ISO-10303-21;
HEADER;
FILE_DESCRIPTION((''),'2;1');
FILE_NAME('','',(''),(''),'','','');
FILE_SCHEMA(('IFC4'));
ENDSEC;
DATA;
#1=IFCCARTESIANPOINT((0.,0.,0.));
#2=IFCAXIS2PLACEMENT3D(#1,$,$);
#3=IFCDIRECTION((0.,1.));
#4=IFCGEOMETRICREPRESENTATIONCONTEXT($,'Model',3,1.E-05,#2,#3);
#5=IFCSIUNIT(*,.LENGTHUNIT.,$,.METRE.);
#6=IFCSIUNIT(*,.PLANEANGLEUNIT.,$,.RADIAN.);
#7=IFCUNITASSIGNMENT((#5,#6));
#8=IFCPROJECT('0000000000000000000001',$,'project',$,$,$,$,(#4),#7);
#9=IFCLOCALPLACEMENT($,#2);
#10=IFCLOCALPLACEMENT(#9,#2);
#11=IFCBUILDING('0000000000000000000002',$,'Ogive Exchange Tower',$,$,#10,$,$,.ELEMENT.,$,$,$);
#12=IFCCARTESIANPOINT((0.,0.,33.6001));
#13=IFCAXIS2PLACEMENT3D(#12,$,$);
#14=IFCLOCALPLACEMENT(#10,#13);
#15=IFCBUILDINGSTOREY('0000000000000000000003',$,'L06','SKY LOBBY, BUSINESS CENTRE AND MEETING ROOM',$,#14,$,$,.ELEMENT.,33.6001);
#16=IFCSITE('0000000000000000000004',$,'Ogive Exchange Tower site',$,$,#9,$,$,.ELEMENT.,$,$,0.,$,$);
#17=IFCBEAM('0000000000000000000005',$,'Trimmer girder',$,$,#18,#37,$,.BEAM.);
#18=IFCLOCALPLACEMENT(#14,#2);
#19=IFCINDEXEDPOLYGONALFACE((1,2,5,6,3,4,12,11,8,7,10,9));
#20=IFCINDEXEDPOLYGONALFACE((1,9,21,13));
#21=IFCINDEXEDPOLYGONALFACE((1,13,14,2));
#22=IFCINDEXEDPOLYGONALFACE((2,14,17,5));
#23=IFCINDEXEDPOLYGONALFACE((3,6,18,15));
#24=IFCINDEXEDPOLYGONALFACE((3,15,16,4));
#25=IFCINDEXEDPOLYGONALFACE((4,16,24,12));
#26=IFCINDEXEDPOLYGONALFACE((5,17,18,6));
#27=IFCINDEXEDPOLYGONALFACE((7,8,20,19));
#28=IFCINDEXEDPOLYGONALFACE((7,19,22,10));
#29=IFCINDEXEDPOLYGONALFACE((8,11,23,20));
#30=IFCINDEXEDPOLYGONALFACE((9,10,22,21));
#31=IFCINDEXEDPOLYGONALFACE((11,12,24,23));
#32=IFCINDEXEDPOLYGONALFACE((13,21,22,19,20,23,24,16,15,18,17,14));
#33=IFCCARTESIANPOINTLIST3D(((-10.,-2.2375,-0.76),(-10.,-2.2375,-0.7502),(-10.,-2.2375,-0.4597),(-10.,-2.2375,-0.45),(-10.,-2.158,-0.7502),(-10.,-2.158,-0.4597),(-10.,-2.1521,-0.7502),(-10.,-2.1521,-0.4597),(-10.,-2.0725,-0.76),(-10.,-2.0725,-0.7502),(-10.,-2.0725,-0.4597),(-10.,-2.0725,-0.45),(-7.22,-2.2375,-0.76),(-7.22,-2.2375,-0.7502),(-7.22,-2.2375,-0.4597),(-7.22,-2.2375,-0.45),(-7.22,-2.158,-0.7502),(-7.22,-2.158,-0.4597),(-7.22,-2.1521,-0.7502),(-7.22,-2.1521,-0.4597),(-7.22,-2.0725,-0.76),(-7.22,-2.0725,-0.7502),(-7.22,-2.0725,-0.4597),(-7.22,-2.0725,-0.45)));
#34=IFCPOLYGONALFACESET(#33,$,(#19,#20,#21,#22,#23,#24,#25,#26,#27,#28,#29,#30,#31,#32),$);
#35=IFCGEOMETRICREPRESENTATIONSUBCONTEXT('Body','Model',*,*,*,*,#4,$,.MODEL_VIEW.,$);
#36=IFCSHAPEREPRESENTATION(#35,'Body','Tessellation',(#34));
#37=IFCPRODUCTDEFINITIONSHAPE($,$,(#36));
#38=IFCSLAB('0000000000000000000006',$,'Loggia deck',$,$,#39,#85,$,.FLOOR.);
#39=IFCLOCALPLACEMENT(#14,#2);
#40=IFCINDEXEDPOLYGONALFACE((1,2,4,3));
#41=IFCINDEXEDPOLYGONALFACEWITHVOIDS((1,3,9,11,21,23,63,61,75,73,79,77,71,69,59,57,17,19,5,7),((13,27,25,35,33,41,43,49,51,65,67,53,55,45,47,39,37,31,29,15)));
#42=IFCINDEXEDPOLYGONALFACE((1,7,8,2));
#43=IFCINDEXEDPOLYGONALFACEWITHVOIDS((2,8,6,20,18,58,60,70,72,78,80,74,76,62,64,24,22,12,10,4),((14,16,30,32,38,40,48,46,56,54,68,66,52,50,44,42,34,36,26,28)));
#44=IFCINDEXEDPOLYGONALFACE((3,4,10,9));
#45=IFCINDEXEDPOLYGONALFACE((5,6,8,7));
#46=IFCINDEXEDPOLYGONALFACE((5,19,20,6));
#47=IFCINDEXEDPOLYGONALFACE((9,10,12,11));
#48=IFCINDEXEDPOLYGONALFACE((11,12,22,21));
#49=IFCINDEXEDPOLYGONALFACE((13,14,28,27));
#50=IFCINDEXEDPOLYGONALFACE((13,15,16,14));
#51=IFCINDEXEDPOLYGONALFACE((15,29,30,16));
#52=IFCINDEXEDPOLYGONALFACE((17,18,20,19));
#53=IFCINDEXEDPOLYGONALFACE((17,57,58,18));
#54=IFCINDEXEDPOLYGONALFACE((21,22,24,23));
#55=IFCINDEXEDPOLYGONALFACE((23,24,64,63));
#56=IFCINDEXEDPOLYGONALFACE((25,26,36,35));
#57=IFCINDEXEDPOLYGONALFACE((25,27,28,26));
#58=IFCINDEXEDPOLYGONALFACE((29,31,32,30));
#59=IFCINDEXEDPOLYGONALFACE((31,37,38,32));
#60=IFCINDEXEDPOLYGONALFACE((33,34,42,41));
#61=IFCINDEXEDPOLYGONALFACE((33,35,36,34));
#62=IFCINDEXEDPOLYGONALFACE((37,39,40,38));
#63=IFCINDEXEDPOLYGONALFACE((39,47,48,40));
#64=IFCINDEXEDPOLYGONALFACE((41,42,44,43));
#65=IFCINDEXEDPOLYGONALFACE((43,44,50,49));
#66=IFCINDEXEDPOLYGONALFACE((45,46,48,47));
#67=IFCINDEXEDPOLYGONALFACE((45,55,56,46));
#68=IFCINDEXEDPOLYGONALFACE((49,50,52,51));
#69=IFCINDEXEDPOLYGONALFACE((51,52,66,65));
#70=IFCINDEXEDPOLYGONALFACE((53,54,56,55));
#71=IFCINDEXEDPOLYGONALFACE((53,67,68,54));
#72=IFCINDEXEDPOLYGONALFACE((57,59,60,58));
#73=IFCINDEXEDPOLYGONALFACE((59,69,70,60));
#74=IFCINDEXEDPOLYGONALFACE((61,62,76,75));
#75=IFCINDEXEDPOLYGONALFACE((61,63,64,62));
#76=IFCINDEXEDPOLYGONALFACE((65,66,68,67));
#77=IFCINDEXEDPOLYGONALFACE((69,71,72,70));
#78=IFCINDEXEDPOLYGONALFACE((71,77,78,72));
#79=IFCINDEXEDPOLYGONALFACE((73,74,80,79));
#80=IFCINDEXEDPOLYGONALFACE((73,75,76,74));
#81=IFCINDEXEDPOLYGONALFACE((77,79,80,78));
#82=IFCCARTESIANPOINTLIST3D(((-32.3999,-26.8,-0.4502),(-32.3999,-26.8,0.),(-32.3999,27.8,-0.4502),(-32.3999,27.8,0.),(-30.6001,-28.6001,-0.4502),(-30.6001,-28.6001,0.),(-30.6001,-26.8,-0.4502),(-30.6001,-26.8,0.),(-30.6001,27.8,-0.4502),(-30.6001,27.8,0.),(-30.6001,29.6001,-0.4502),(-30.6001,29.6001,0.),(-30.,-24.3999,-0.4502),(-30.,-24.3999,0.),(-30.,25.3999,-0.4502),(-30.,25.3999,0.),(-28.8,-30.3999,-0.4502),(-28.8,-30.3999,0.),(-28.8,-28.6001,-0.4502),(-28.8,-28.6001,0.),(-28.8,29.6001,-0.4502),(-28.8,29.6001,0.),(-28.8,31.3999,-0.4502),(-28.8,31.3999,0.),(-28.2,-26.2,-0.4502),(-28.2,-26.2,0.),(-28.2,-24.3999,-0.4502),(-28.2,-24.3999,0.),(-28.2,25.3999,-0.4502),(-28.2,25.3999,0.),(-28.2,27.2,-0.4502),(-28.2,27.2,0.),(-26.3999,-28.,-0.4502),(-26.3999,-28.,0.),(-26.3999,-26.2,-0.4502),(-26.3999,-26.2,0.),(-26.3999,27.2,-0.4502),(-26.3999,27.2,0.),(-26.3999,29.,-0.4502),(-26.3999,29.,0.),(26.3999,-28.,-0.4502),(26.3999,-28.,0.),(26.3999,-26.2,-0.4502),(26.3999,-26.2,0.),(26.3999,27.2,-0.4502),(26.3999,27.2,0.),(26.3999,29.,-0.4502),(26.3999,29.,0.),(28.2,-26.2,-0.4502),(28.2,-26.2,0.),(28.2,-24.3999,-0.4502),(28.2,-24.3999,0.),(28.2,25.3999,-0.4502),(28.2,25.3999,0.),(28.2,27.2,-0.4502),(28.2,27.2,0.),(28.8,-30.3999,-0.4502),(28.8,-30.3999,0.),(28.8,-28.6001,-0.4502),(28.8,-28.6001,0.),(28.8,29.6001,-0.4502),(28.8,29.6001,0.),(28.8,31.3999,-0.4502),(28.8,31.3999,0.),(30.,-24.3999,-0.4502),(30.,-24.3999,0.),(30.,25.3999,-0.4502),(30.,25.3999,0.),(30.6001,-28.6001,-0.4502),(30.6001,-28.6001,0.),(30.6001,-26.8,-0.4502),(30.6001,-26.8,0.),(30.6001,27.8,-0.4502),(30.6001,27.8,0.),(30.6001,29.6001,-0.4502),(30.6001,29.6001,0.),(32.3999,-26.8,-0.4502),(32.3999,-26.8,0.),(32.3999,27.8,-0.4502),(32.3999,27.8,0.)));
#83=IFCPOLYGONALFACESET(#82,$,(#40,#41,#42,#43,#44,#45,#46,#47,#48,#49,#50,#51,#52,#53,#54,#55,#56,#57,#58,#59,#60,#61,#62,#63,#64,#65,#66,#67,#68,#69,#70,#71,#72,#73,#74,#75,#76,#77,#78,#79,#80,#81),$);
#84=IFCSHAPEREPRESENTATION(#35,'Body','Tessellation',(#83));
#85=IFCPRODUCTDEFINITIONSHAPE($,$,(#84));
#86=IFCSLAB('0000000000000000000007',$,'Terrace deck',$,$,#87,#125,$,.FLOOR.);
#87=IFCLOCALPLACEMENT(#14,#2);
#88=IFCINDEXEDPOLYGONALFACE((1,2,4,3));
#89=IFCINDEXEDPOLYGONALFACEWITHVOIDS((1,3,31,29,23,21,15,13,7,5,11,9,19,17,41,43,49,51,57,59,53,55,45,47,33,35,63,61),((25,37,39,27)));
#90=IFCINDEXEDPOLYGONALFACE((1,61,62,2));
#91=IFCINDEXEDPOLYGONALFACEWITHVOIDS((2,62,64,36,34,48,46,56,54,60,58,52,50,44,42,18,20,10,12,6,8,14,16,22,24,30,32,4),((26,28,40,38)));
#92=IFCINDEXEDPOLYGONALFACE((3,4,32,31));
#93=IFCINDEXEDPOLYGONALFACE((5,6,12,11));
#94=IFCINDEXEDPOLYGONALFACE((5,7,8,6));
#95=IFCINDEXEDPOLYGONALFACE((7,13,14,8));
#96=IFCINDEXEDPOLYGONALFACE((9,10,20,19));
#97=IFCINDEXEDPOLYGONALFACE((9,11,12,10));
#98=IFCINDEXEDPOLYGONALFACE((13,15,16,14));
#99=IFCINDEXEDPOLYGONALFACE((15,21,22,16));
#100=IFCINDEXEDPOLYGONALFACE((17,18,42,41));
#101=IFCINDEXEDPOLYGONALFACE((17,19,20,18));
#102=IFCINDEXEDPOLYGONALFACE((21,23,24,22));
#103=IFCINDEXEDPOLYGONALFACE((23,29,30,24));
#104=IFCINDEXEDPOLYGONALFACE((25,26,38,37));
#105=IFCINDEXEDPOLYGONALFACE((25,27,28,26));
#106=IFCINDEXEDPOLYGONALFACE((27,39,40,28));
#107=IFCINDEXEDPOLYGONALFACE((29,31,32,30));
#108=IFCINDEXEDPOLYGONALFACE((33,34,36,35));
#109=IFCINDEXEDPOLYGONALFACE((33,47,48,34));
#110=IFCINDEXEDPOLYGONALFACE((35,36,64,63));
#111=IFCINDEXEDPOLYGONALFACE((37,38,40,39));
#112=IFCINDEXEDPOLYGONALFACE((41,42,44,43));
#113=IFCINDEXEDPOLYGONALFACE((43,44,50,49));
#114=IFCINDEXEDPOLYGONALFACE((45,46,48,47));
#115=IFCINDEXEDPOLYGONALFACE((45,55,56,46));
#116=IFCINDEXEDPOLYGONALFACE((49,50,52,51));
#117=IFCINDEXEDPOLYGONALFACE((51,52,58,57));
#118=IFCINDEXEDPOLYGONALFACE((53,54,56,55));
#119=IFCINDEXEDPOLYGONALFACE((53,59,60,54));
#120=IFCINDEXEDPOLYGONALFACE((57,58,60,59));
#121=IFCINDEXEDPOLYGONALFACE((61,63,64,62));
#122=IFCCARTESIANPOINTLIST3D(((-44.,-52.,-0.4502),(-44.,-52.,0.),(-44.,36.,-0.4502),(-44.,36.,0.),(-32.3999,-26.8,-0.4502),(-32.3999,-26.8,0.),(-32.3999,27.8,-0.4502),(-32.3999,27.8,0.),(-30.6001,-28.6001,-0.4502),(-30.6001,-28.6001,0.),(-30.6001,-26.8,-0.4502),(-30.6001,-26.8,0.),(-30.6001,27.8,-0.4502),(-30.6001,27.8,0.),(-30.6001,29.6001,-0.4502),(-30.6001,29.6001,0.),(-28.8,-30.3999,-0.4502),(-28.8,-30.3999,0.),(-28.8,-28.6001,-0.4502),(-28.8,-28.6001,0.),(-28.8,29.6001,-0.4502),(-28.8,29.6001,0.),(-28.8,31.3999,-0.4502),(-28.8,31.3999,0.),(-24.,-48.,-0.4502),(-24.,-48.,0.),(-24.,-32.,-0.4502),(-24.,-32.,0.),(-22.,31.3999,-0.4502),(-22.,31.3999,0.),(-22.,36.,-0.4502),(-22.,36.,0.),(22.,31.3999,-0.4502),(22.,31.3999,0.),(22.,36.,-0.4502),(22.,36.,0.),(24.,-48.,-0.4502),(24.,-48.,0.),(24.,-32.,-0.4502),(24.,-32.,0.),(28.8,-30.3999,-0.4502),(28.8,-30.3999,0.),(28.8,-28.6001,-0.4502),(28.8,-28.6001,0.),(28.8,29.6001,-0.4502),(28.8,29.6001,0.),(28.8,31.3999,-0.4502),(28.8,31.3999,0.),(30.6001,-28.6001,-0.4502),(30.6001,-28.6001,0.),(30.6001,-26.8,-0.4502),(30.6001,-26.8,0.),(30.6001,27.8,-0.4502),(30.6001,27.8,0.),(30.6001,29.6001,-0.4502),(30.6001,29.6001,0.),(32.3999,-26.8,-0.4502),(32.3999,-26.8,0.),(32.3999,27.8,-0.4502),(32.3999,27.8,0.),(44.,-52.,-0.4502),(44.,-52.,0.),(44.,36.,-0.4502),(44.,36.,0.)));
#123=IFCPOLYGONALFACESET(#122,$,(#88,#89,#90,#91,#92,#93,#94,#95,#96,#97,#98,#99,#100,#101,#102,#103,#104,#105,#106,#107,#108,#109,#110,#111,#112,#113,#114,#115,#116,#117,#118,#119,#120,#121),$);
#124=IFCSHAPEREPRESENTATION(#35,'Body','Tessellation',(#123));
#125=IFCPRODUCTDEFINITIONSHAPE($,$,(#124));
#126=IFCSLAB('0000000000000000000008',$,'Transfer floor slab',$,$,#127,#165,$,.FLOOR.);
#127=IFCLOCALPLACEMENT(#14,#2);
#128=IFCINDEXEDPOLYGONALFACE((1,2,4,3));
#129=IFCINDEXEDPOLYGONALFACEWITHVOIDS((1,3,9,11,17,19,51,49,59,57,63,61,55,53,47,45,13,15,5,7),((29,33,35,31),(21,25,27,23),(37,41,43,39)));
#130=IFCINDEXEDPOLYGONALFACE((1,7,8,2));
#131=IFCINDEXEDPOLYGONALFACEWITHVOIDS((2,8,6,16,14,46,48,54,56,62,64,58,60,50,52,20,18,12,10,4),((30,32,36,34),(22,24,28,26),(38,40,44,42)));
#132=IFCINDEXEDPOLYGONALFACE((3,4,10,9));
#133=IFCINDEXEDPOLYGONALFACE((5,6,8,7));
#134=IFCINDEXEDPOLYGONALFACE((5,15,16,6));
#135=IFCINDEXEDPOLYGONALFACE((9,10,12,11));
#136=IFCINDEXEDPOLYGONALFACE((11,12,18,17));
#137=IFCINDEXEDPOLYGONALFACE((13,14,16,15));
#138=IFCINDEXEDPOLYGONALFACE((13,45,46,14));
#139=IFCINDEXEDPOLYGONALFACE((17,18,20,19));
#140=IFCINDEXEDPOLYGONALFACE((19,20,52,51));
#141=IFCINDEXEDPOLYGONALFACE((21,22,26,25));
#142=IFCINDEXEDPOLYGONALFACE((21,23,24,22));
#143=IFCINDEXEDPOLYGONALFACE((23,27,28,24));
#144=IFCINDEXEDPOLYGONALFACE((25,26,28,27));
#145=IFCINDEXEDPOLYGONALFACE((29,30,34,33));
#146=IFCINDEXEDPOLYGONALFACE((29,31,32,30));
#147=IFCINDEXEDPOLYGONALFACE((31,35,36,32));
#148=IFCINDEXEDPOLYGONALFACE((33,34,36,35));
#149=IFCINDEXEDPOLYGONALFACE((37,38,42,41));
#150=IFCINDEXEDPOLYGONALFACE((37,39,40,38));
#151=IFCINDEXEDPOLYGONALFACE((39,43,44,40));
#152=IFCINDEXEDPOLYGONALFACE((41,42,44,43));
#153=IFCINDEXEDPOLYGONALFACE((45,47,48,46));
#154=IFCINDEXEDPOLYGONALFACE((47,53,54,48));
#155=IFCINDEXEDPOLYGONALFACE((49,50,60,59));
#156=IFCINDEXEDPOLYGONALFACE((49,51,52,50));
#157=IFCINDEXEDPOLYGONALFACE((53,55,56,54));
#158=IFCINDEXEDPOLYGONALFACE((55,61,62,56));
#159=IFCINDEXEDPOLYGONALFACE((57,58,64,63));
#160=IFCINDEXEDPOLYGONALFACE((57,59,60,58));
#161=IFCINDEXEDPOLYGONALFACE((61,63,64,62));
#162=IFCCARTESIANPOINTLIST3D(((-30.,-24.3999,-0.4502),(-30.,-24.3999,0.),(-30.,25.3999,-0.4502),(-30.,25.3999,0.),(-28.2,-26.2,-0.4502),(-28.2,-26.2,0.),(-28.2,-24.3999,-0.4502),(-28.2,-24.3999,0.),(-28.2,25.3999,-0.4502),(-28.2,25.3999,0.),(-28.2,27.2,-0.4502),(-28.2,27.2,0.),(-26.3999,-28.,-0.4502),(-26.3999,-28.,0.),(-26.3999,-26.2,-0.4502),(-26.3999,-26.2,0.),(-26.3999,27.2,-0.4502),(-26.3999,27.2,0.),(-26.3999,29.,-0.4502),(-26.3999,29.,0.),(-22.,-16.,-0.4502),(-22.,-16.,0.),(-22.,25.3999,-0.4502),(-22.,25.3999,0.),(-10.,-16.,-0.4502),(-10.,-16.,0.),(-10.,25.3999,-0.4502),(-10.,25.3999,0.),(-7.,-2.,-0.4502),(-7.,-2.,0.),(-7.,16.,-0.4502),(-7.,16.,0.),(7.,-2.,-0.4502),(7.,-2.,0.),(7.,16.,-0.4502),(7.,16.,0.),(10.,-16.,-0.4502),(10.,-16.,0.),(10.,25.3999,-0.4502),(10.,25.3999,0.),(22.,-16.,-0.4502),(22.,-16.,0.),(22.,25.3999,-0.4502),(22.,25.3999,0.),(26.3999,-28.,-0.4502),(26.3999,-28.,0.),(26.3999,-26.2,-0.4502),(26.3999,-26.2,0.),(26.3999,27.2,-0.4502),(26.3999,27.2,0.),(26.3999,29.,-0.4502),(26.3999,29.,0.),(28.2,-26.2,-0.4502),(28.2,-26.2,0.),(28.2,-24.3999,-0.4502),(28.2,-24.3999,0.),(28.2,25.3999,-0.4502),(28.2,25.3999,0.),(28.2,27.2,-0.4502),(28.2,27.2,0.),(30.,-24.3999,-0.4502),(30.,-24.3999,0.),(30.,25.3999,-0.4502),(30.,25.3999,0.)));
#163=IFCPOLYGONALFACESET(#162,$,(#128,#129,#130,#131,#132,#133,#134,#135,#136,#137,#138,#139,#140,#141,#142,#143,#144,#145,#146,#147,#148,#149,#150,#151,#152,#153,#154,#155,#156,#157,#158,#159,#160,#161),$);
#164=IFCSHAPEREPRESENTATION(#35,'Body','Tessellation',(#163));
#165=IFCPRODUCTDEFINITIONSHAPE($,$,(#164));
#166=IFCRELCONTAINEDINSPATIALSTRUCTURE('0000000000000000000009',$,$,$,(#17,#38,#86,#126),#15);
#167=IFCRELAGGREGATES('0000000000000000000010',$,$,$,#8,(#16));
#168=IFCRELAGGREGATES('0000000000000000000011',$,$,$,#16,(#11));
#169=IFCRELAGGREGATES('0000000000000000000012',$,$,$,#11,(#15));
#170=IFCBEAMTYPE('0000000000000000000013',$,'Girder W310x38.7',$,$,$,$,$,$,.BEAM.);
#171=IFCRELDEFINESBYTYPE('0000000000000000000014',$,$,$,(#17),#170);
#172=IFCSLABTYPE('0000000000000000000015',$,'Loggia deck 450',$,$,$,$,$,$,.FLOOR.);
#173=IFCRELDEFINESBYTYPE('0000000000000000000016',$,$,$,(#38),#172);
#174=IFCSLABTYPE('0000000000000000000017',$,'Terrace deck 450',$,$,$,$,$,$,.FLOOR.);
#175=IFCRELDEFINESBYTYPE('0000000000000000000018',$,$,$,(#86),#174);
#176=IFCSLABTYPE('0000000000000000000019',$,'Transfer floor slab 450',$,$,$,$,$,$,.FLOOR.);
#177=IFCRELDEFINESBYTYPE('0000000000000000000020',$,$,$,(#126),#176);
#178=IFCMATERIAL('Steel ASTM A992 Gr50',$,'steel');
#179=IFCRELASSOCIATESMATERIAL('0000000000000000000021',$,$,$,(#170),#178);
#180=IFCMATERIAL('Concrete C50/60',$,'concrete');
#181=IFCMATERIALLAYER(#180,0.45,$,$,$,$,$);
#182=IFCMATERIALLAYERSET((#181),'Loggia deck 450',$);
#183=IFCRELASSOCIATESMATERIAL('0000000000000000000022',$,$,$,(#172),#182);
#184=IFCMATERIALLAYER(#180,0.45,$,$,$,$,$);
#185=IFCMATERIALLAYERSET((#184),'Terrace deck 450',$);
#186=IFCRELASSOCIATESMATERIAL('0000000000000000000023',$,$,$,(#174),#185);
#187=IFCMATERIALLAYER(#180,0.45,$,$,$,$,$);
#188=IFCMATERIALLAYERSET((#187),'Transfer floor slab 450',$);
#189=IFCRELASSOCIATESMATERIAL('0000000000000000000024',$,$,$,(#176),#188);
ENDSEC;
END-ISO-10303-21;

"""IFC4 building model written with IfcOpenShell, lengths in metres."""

from ifc_helpers import new_model, si_unit, direction, frame, origin, origin_2d, place, context, subcontext, project, spatial, polyline, i_section, outline, extrude, material, layer, layer_set, material_profile, profile_set, type_object, element, save


model = new_model("IFC4")

# Units and contexts
model_context = context("Model", 3, precision=1e-05, world=origin(), true_north=direction((0.0, 1.0)))
body_context = subcontext(model_context, "Body", "Model", "MODEL_VIEW")
ifc_project = project(units=[si_unit("LENGTHUNIT", "METRE"), si_unit("PLANEANGLEUNIT", "RADIAN")], contexts=[model_context])

# Site, building, storey
site_placement = place(None, origin())
site = spatial("IfcSite", under=ifc_project, at=site_placement, Name="Ogive Exchange Tower site", CompositionType="ELEMENT", RefElevation=0.0)
building_placement = place(site_placement, origin())
building = spatial("IfcBuilding", under=site, at=building_placement, Name="Ogive Exchange Tower", CompositionType="ELEMENT")
storey_placement = place(building_placement, frame((0.0, 0.0, 33.6001)))
storey = spatial("IfcBuildingStorey", under=building, at=storey_placement, Name="L06", Description="SKY LOBBY, BUSINESS CENTRE AND MEETING ROOM", CompositionType="ELEMENT", Elevation=33.6001)

# Beam
ifc_material_1 = material(Name="Steel ASTM A992 Gr50", Category="steel")
ifc_material_profile = material_profile(ifc_material_1, i_section(OverallWidth=0.165, OverallDepth=0.3101, WebThickness=0.0059, FlangeThickness=0.0098, at=origin_2d()), Name="W310x38.7")
ifc_profile_set = profile_set([ifc_material_profile], Name="Steel ASTM A992 Gr50")
beam_type = type_object("IfcBeamType", Name="Girder W310x38.7", PredefinedType="BEAM", material=ifc_profile_set)
beam_placement = place(storey_placement, frame((-10.0, -2.155, -0.605), z_axis=(1.0, 0.0, 0.0), x_axis=(0.0, 1.0, 0.0)))
element("IfcBeam", 1, at=beam_placement, inside=storey, type_object=beam_type, Name="Trimmer girder", PredefinedType="BEAM", context=body_context, shape_type="SweptSolid", body=[
    extrude(i_section(OverallWidth=0.165, OverallDepth=0.3101, WebThickness=0.0059, FlangeThickness=0.0098, at=origin_2d()), origin(), (0.0, 0.0, 1.0), 2.78),
])

# Slabs
ifc_material_2 = material(Name="Concrete C50/60", Category="concrete")
ifc_layer_1 = layer(ifc_material_2, 0.45)
ifc_layer_set_1 = layer_set([ifc_layer_1], Name="Loggia deck 450")
slab_type_1 = type_object("IfcSlabType", Name="Loggia deck 450", PredefinedType="FLOOR", material=ifc_layer_set_1)
slab_1_placement = place(storey_placement, frame((0.0, 0.0, -0.4502)))
element("IfcSlab", 2, at=slab_1_placement, inside=storey, type_object=slab_type_1, Name="Loggia deck", PredefinedType="FLOOR", context=body_context, shape_type="SweptSolid", body=[
    extrude(outline(polyline([(-30.6001, -28.6001), (-30.6001, -26.8), (-32.3999, -26.8), (-32.3999, 27.8), (-30.6001, 27.8), (-30.6001, 29.6001), (-28.8, 29.6001), (-28.8, 31.3999), (28.8, 31.3999), (28.8, 29.6001), (30.6001, 29.6001), (30.6001, 27.8), (32.3999, 27.8), (32.3999, -26.8), (30.6001, -26.8), (30.6001, -28.6001), (28.8, -28.6001), (28.8, -30.3999), (-28.8, -30.3999), (-28.8, -28.6001), (-30.6001, -28.6001)]), holes=[polyline([(26.3999, -26.2), (28.2, -26.2), (28.2, -24.3999), (30.0, -24.3999), (30.0, 25.3999), (28.2, 25.3999), (28.2, 27.2), (26.3999, 27.2), (26.3999, 29.0), (-26.3999, 29.0), (-26.3999, 27.2), (-28.2, 27.2), (-28.2, 25.3999), (-30.0, 25.3999), (-30.0, -24.3999), (-28.2, -24.3999), (-28.2, -26.2), (-26.3999, -26.2), (-26.3999, -28.0), (26.3999, -28.0), (26.3999, -26.2)])]), origin(), (0.0, 0.0, 1.0), 0.4502),
])
ifc_layer_2 = layer(ifc_material_2, 0.45)
ifc_layer_set_2 = layer_set([ifc_layer_2], Name="Terrace deck 450")
slab_type_2 = type_object("IfcSlabType", Name="Terrace deck 450", PredefinedType="FLOOR", material=ifc_layer_set_2)
slab_2_placement = place(storey_placement, frame((0.0, 0.0, -0.4502)))
element("IfcSlab", 3, at=slab_2_placement, inside=storey, type_object=slab_type_2, Name="Terrace deck", PredefinedType="FLOOR", context=body_context, shape_type="SweptSolid", body=[
    extrude(outline(polyline([(-44.0, 36.0), (-22.0, 36.0), (-22.0, 31.3999), (-28.8, 31.3999), (-28.8, 29.6001), (-30.6001, 29.6001), (-30.6001, 27.8), (-32.3999, 27.8), (-32.3999, -26.8), (-30.6001, -26.8), (-30.6001, -28.6001), (-28.8, -28.6001), (-28.8, -30.3999), (28.8, -30.3999), (28.8, -28.6001), (30.6001, -28.6001), (30.6001, -26.8), (32.3999, -26.8), (32.3999, 27.8), (30.6001, 27.8), (30.6001, 29.6001), (28.8, 29.6001), (28.8, 31.3999), (22.0, 31.3999), (22.0, 36.0), (44.0, 36.0), (44.0, -52.0), (-44.0, -52.0), (-44.0, 36.0)]), holes=[polyline([(-24.0, -32.0), (-24.0, -48.0), (24.0, -48.0), (24.0, -32.0), (-24.0, -32.0)])]), origin(), (0.0, 0.0, 1.0), 0.4502),
])
ifc_layer_3 = layer(ifc_material_2, 0.45)
ifc_layer_set_3 = layer_set([ifc_layer_3], Name="Transfer floor slab 450")
slab_type_3 = type_object("IfcSlabType", Name="Transfer floor slab 450", PredefinedType="FLOOR", material=ifc_layer_set_3)
slab_3_placement = place(storey_placement, frame((0.0, 0.0, -0.4502)))
element("IfcSlab", 4, at=slab_3_placement, inside=storey, type_object=slab_type_3, Name="Transfer floor slab", PredefinedType="FLOOR", context=body_context, shape_type="SweptSolid", body=[
    extrude(outline(polyline([(-26.3999, -26.2), (-28.2, -26.2), (-28.2, -24.3999), (-30.0, -24.3999), (-30.0, 25.3999), (-28.2, 25.3999), (-28.2, 27.2), (-26.3999, 27.2), (-26.3999, 29.0), (26.3999, 29.0), (26.3999, 27.2), (28.2, 27.2), (28.2, 25.3999), (30.0, 25.3999), (30.0, -24.3999), (28.2, -24.3999), (28.2, -26.2), (26.3999, -26.2), (26.3999, -28.0), (-26.3999, -28.0), (-26.3999, -26.2)]), holes=[polyline([(-10.0, -16.0), (-10.0, 25.3999), (-22.0, 25.3999), (-22.0, -16.0), (-10.0, -16.0)]), polyline([(10.0, -16.0), (22.0, -16.0), (22.0, 25.3999), (10.0, 25.3999), (10.0, -16.0)]), polyline([(-7.0, -2.0), (7.0, -2.0), (7.0, 16.0), (-7.0, 16.0), (-7.0, -2.0)])]), origin(), (0.0, 0.0, 1.0), 0.4502),
])

save(model, "model.ifc")
